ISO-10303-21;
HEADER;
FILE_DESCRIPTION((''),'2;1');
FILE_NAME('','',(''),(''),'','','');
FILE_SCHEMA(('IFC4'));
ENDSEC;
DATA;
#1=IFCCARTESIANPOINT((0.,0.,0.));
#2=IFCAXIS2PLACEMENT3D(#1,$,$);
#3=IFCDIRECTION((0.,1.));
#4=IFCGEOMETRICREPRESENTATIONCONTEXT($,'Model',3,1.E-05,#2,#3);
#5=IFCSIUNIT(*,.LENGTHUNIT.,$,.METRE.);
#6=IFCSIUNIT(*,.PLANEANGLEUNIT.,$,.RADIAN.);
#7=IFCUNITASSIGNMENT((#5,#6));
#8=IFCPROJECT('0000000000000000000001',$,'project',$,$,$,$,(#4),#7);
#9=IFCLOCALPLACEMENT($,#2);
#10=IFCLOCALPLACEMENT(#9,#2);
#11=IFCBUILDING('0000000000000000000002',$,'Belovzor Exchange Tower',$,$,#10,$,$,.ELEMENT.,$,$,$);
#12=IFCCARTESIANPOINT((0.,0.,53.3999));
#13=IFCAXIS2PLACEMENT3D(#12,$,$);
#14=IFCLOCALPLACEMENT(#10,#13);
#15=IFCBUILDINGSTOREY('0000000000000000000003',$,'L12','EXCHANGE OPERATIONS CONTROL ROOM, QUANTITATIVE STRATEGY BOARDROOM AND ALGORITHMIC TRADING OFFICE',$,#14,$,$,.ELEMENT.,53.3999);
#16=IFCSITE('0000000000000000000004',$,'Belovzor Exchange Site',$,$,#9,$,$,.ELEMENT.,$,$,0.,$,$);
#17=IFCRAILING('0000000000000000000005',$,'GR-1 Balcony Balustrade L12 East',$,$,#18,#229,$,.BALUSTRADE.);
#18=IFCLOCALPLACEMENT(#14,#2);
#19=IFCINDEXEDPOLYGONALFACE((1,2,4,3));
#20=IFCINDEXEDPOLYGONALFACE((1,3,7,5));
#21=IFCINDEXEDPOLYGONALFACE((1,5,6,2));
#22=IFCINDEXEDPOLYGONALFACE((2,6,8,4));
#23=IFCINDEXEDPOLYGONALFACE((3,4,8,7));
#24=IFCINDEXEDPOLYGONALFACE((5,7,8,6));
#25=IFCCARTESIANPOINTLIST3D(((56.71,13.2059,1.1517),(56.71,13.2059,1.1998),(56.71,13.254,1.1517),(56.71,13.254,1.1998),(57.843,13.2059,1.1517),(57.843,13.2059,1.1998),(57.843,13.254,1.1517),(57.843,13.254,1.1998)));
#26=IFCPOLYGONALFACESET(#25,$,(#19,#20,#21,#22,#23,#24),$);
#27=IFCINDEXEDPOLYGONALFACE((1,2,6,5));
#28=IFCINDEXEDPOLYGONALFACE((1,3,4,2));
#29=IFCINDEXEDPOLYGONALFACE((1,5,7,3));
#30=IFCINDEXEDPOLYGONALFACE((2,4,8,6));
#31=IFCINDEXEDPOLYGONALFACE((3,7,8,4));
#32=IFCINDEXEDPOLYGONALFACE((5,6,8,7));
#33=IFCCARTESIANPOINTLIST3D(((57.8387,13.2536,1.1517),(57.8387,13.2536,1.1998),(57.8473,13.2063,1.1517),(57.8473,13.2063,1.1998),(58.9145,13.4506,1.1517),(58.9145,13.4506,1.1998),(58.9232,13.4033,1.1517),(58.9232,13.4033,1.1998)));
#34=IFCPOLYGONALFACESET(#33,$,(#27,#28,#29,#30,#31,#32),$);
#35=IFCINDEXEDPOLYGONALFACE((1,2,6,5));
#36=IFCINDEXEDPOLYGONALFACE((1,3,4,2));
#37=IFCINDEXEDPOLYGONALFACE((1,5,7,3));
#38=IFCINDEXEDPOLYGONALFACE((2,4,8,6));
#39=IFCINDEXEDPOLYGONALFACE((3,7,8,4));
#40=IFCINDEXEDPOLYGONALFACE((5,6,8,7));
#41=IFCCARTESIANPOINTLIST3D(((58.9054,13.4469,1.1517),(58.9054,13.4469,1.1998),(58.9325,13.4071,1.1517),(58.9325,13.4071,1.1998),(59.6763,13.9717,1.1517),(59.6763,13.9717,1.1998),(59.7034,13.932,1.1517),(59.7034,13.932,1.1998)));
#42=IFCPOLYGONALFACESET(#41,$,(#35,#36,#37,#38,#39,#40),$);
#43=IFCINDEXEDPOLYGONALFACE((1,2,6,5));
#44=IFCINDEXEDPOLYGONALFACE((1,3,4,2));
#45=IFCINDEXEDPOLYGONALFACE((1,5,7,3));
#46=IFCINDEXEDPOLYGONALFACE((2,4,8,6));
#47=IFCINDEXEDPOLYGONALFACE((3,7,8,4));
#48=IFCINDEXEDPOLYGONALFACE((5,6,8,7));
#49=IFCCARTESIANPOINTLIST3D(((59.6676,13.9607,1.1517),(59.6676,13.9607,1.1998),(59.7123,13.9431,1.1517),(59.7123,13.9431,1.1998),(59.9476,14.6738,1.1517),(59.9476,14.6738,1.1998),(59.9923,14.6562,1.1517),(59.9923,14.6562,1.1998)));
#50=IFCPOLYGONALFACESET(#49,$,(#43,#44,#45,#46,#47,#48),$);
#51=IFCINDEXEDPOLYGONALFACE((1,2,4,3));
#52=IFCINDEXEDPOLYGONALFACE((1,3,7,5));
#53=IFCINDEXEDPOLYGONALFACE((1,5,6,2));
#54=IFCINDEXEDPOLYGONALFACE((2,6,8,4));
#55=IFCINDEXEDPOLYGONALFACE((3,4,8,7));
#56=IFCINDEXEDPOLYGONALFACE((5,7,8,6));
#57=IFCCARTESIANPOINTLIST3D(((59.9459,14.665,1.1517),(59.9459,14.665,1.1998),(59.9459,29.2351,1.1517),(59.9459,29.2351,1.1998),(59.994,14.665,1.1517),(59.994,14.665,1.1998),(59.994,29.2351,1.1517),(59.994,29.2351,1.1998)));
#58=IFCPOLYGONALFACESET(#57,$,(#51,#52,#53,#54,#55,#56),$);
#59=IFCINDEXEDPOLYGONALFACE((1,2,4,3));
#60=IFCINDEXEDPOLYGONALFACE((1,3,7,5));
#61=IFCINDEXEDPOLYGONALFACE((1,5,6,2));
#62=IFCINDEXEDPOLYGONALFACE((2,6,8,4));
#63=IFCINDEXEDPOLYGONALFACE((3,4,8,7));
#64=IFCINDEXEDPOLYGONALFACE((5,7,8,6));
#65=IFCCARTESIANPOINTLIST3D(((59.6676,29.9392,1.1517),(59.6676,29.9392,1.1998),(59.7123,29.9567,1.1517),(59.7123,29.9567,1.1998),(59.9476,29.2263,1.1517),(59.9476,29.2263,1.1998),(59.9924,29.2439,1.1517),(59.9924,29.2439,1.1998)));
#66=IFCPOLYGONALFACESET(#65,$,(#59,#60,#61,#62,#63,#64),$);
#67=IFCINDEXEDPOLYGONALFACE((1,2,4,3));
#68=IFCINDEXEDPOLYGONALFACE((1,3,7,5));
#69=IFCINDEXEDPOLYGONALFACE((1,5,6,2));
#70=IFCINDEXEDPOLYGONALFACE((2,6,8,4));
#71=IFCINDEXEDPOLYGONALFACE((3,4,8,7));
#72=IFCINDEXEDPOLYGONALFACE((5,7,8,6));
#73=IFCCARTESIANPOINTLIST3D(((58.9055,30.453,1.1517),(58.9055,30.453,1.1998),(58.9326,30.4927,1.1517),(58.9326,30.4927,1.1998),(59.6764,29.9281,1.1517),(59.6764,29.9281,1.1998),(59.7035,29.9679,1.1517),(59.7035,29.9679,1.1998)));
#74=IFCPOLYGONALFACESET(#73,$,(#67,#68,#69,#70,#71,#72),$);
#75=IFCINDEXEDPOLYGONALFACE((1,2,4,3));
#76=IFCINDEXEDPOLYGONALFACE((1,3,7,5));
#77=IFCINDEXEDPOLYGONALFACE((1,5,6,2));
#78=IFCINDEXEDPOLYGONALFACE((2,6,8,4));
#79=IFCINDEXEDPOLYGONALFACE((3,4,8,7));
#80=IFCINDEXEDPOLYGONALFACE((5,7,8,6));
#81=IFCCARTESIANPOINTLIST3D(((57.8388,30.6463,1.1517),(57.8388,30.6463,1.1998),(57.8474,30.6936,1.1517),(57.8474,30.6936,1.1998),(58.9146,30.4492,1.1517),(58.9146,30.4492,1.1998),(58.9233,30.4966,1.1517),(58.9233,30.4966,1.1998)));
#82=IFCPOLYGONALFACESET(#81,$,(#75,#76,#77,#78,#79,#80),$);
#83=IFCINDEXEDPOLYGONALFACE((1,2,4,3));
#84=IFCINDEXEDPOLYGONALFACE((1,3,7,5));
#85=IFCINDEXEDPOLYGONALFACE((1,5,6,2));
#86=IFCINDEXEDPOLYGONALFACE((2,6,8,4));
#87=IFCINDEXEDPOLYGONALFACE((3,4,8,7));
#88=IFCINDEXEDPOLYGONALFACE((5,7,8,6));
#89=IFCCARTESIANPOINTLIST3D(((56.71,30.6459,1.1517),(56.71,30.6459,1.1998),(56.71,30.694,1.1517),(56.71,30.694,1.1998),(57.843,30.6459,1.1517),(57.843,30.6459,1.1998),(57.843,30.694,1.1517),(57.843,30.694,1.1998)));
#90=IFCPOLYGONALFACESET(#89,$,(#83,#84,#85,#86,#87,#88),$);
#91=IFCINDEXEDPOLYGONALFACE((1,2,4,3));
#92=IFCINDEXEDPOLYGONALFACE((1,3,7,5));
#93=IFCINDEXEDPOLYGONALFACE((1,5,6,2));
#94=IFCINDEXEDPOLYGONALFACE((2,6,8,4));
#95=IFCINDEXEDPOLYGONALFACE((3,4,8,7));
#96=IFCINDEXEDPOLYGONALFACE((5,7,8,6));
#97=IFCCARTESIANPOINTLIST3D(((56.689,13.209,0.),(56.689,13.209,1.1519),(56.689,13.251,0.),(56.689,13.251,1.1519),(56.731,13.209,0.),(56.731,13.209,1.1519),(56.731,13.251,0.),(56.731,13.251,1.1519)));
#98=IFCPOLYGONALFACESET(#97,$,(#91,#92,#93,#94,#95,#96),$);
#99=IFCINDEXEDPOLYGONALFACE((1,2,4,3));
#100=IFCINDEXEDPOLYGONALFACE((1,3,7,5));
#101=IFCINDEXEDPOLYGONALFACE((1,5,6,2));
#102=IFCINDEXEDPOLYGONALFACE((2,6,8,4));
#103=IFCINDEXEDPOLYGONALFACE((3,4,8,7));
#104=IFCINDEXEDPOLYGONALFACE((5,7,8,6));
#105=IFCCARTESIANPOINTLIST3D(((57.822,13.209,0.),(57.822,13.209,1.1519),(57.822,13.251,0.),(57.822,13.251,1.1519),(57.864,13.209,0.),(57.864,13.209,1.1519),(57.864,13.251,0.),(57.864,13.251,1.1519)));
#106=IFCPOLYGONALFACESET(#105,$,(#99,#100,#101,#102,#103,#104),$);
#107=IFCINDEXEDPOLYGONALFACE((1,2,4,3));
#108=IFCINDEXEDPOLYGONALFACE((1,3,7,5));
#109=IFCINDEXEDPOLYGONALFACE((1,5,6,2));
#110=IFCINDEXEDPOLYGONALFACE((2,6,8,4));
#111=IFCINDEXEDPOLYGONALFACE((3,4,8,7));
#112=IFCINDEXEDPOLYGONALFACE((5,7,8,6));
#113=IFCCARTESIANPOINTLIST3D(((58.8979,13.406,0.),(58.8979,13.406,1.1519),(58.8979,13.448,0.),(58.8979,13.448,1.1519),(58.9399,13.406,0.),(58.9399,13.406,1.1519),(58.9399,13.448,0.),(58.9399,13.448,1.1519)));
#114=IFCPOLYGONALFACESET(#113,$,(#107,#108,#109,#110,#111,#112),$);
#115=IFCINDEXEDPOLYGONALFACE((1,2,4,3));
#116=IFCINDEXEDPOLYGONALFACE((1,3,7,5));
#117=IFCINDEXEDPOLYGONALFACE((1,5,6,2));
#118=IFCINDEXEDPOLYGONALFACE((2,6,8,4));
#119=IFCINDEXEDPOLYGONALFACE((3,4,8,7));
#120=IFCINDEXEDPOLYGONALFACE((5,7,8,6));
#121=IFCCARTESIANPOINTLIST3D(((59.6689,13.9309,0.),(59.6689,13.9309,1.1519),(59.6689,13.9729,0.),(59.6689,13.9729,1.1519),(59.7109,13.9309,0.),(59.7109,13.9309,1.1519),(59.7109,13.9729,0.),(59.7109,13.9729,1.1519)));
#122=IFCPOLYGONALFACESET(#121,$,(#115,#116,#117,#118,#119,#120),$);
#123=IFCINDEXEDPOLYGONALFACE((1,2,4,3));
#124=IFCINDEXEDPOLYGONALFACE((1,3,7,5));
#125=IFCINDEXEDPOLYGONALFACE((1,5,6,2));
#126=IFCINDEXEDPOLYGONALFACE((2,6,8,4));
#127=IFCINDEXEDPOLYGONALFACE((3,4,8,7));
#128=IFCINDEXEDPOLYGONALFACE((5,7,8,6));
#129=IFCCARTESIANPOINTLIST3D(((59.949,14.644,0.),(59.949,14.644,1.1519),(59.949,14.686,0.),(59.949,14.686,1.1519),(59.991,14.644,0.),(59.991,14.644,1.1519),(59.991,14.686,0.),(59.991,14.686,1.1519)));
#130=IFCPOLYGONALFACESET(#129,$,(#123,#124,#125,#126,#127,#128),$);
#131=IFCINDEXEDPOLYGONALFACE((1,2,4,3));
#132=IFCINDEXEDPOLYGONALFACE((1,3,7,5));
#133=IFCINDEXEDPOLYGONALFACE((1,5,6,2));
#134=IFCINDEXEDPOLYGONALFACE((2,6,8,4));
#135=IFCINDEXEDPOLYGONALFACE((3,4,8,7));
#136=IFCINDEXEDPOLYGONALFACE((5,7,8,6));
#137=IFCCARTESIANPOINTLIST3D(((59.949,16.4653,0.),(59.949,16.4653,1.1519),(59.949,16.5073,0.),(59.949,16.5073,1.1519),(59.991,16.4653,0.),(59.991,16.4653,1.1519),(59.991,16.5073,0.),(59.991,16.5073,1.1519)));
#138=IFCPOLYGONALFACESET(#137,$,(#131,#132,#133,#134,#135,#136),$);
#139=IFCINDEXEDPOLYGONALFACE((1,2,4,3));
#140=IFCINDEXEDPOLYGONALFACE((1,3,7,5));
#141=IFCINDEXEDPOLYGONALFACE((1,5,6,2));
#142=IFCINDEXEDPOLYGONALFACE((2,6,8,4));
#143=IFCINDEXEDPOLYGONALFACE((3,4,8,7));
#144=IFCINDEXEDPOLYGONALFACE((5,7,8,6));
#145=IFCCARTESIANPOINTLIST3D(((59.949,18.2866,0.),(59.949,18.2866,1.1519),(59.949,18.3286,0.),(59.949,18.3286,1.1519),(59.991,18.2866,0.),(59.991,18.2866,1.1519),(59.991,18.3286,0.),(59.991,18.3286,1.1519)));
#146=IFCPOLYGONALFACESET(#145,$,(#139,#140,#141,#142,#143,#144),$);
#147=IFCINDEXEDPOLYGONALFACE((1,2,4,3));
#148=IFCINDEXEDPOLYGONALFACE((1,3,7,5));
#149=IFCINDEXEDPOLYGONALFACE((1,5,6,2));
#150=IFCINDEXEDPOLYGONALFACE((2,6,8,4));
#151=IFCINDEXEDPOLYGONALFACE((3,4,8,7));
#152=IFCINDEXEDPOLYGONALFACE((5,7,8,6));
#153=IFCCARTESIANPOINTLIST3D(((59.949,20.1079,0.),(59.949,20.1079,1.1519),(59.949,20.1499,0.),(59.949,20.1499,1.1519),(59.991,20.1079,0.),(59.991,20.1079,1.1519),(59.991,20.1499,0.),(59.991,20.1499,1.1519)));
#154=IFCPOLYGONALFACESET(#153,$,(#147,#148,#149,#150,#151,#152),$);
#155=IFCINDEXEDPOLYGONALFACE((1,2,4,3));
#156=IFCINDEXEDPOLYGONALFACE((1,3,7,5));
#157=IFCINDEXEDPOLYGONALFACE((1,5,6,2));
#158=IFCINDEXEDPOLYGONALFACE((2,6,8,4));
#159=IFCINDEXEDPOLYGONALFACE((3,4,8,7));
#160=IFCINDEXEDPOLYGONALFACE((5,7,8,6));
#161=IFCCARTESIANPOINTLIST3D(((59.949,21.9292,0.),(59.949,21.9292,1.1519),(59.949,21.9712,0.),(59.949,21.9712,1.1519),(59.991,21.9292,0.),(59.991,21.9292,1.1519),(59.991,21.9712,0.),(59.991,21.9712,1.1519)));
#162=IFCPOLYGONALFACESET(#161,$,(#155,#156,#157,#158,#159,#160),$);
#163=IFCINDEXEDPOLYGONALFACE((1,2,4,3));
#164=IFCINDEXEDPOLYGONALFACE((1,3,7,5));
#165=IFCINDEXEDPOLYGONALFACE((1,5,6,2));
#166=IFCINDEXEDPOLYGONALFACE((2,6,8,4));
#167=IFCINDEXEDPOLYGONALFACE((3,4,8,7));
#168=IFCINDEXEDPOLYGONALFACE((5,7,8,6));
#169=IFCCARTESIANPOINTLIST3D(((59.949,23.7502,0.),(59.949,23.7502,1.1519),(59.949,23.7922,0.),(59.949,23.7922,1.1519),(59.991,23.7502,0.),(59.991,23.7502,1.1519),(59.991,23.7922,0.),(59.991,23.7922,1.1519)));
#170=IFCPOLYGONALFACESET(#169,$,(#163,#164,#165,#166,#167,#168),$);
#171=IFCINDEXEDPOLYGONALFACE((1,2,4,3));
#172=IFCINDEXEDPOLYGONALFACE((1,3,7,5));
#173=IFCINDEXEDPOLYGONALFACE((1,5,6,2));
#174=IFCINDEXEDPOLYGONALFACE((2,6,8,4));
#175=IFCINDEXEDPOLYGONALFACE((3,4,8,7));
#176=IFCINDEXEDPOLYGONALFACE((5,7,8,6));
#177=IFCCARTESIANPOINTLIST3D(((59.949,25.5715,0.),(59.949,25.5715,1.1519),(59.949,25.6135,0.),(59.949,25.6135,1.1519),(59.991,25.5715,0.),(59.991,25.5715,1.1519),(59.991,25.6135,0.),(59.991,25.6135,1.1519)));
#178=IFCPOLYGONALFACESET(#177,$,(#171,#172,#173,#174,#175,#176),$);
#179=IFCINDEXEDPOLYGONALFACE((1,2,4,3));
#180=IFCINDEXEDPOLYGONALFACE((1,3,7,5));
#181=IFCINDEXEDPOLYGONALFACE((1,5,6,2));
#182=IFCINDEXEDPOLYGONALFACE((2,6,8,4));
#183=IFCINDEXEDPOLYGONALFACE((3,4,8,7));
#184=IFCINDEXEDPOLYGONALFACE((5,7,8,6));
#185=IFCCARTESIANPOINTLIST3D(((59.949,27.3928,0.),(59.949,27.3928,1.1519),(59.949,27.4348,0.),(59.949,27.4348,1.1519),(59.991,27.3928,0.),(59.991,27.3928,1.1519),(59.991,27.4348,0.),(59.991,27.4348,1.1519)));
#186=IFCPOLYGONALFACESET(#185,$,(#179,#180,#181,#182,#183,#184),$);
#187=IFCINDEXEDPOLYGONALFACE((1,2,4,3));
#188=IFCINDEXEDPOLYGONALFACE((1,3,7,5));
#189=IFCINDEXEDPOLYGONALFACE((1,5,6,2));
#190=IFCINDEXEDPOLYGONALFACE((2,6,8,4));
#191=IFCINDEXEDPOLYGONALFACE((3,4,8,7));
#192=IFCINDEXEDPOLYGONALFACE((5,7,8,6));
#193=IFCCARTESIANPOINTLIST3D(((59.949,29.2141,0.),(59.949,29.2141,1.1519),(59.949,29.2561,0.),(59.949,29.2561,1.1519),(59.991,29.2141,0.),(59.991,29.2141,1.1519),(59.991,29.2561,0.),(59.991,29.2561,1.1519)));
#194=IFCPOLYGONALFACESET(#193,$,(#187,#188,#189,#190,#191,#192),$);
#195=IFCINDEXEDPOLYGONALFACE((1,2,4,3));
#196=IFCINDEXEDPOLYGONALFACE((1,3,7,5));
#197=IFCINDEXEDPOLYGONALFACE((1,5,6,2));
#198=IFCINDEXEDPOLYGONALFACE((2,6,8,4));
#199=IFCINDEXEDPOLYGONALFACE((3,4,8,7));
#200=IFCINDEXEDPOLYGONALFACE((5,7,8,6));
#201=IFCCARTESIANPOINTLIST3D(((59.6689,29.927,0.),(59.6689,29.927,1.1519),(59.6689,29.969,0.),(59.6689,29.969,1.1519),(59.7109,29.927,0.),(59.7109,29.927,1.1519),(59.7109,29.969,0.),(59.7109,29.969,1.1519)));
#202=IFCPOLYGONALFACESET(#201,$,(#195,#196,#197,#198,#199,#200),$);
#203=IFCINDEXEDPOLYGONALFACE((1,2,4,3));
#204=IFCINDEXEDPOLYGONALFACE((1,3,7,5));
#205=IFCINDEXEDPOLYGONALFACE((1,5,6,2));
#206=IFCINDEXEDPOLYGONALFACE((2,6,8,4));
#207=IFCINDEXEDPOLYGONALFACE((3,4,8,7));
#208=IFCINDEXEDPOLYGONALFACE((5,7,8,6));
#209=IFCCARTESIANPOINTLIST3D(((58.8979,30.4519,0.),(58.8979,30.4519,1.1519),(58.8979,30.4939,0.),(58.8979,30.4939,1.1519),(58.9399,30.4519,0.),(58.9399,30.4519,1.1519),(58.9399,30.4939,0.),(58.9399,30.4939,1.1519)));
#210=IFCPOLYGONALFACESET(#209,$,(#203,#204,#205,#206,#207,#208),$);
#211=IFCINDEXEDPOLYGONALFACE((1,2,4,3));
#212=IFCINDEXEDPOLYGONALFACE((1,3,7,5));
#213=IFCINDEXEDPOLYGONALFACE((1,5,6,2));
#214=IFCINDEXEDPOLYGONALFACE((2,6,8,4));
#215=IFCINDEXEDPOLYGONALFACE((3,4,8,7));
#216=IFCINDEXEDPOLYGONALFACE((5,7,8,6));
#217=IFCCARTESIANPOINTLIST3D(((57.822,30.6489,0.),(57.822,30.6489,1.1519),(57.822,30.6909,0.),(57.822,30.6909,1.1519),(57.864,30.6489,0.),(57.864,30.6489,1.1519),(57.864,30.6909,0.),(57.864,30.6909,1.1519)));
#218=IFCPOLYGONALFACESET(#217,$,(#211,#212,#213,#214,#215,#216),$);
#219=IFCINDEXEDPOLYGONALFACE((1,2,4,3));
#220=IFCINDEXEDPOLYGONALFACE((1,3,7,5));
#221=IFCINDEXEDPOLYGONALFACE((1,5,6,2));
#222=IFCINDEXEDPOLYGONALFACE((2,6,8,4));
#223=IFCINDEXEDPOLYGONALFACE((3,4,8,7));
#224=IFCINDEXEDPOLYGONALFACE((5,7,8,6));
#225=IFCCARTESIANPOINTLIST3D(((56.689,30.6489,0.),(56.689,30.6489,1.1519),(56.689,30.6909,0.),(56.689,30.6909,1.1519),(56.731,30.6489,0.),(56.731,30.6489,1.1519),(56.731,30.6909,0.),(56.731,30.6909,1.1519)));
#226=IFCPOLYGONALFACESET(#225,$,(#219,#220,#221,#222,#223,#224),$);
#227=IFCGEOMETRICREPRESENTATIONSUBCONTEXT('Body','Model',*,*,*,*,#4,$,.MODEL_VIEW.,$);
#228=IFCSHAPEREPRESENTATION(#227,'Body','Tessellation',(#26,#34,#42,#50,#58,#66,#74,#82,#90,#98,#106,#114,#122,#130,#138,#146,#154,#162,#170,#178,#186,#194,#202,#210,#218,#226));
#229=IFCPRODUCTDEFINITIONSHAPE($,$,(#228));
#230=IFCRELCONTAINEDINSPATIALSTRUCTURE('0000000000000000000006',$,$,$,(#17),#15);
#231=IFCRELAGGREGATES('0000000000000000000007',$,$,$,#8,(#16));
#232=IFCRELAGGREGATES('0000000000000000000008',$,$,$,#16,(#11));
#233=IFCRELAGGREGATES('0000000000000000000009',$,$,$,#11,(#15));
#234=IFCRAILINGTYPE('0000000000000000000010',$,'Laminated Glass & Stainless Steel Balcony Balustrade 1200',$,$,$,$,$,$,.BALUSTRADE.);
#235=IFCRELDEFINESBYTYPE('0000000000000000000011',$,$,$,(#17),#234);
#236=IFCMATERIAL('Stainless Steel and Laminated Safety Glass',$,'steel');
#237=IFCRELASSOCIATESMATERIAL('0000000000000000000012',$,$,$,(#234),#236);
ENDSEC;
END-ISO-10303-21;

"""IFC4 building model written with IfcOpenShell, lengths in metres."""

from ifc_helpers import new_model, si_unit, direction, frame, origin, origin_2d, place, context, subcontext, project, spatial, rectangle, extrude, material, type_object, element, save


model = new_model("IFC4")

# Units and contexts
model_context = context("Model", 3, precision=1e-05, world=origin(), true_north=direction((0.0, 1.0)))
body_context = subcontext(model_context, "Body", "Model", "MODEL_VIEW")
ifc_project = project(units=[si_unit("LENGTHUNIT", "METRE"), si_unit("PLANEANGLEUNIT", "RADIAN")], contexts=[model_context])

# Site, building, storey
site_placement = place(None, origin())
site = spatial("IfcSite", under=ifc_project, at=site_placement, Name="Belovzor Exchange Site", CompositionType="ELEMENT", RefElevation=0.0)
building_placement = place(site_placement, origin())
building = spatial("IfcBuilding", under=site, at=building_placement, Name="Belovzor Exchange Tower", CompositionType="ELEMENT")
storey_placement = place(building_placement, frame((0.0, 0.0, 53.3999)))
storey = spatial("IfcBuildingStorey", under=building, at=storey_placement, Name="L12", Description="EXCHANGE OPERATIONS CONTROL ROOM, QUANTITATIVE STRATEGY BOARDROOM AND ALGORITHMIC TRADING OFFICE", CompositionType="ELEMENT", Elevation=53.3999)

# Railing
ifc_material_1 = material(Name="Stainless Steel and Laminated Safety Glass", Category="steel")
railing_type = type_object("IfcRailingType", Name="Laminated Glass & Stainless Steel Balcony Balustrade 1200", PredefinedType="BALUSTRADE", material=ifc_material_1)
railing_placement = place(storey_placement, frame((56.71, 13.23, 0.0)))
element("IfcRailing", 1, at=railing_placement, inside=storey, type_object=railing_type, Name="GR-1 Balcony Balustrade L12 East", PredefinedType="BALUSTRADE", context=body_context, shape_type="SweptSolid", body=[
    extrude(rectangle(XDim=0.0481, YDim=0.0481, at=origin_2d()), frame((0.0, 0.0, 1.1758), z_axis=(1.0, 0.0, 0.0), x_axis=(0.0, 1.0, 0.0)), (0.0, 0.0, 1.0), 1.1331),
    extrude(rectangle(XDim=0.0481, YDim=0.0481, at=origin_2d()), frame((1.1331, 0.0, 1.1758), z_axis=(0.983644, 0.180123, 0.0), x_axis=(-0.180123, 0.983644, 0.0)), (0.0, 0.0, 1.0), 1.0938),
    extrude(rectangle(XDim=0.0481, YDim=0.0481, at=origin_2d()), frame((2.209, 0.197, 1.1758), z_axis=(0.826615, 0.562768, 0.0), x_axis=(-0.562768, 0.826615, 0.0)), (0.0, 0.0, 1.0), 0.9326),
    extrude(rectangle(XDim=0.0481, YDim=0.0481, at=origin_2d()), frame((2.98, 0.7219, 1.1758), z_axis=(0.365504, 0.93081, 0.0), x_axis=(-0.93081, 0.365504, 0.0)), (0.0, 0.0, 1.0), 0.7661),
    extrude(rectangle(XDim=0.0481, YDim=0.0481, at=origin_2d()), frame((3.26, 1.4351, 1.1758), z_axis=(0.0, 1.0, 0.0), x_axis=(-1.0, 0.0, 0.0)), (0.0, 0.0, 1.0), 14.5701),
    extrude(rectangle(XDim=0.0481, YDim=0.0481, at=origin_2d()), frame((3.26, 16.0051, 1.1758), z_axis=(-0.365613, 0.930767, 0.0), x_axis=(-0.930767, -0.365613, 0.0)), (0.0, 0.0, 1.0), 0.7659),
    extrude(rectangle(XDim=0.0481, YDim=0.0481, at=origin_2d()), frame((2.98, 16.718, 1.1758), z_axis=(-0.826615, 0.562768, 0.0), x_axis=(-0.562768, -0.826615, 0.0)), (0.0, 0.0, 1.0), 0.9326),
    extrude(rectangle(XDim=0.0481, YDim=0.0481, at=origin_2d()), frame((2.209, 17.2429, 1.1758), z_axis=(-0.983644, 0.180123, 0.0), x_axis=(-0.180123, -0.983644, 0.0)), (0.0, 0.0, 1.0), 1.0938),
    extrude(rectangle(XDim=0.0481, YDim=0.0481, at=origin_2d()), frame((1.1331, 17.4399, 1.1758), z_axis=(-1.0, 0.0, 0.0), x_axis=(0.0, -1.0, 0.0)), (0.0, 0.0, 1.0), 1.1331),
    extrude(rectangle(XDim=0.042, YDim=0.042, at=origin_2d()), origin(), (0.0, 0.0, 1.0), 1.1519),
    extrude(rectangle(XDim=0.042, YDim=0.042, at=origin_2d()), frame((1.1331, 0.0, 0.0)), (0.0, 0.0, 1.0), 1.1519),
    extrude(rectangle(XDim=0.042, YDim=0.042, at=origin_2d()), frame((2.209, 0.197, 0.0)), (0.0, 0.0, 1.0), 1.1519),
    extrude(rectangle(XDim=0.042, YDim=0.042, at=origin_2d()), frame((2.98, 0.7219, 0.0)), (0.0, 0.0, 1.0), 1.1519),
    extrude(rectangle(XDim=0.042, YDim=0.042, at=origin_2d()), frame((3.26, 1.4351, 0.0)), (0.0, 0.0, 1.0), 1.1519),
    extrude(rectangle(XDim=0.042, YDim=0.042, at=origin_2d()), frame((3.26, 3.2563, 0.0)), (0.0, 0.0, 1.0), 1.1519),
    extrude(rectangle(XDim=0.042, YDim=0.042, at=origin_2d()), frame((3.26, 5.0776, 0.0)), (0.0, 0.0, 1.0), 1.1519),
    extrude(rectangle(XDim=0.042, YDim=0.042, at=origin_2d()), frame((3.26, 6.8989, 0.0)), (0.0, 0.0, 1.0), 1.1519),
    extrude(rectangle(XDim=0.042, YDim=0.042, at=origin_2d()), frame((3.26, 8.7202, 0.0)), (0.0, 0.0, 1.0), 1.1519),
    extrude(rectangle(XDim=0.042, YDim=0.042, at=origin_2d()), frame((3.26, 10.5413, 0.0)), (0.0, 0.0, 1.0), 1.1519),
    extrude(rectangle(XDim=0.042, YDim=0.042, at=origin_2d()), frame((3.26, 12.3625, 0.0)), (0.0, 0.0, 1.0), 1.1519),
    extrude(rectangle(XDim=0.042, YDim=0.042, at=origin_2d()), frame((3.26, 14.1838, 0.0)), (0.0, 0.0, 1.0), 1.1519),
    extrude(rectangle(XDim=0.042, YDim=0.042, at=origin_2d()), frame((3.26, 16.0051, 0.0)), (0.0, 0.0, 1.0), 1.1519),
    extrude(rectangle(XDim=0.042, YDim=0.042, at=origin_2d()), frame((2.98, 16.718, 0.0)), (0.0, 0.0, 1.0), 1.1519),
    extrude(rectangle(XDim=0.042, YDim=0.042, at=origin_2d()), frame((2.209, 17.2429, 0.0)), (0.0, 0.0, 1.0), 1.1519),
    extrude(rectangle(XDim=0.042, YDim=0.042, at=origin_2d()), frame((1.1331, 17.4399, 0.0)), (0.0, 0.0, 1.0), 1.1519),
    extrude(rectangle(XDim=0.042, YDim=0.042, at=origin_2d()), frame((0.0, 17.4399, 0.0)), (0.0, 0.0, 1.0), 1.1519),
])

save(model, "model.ifc")
